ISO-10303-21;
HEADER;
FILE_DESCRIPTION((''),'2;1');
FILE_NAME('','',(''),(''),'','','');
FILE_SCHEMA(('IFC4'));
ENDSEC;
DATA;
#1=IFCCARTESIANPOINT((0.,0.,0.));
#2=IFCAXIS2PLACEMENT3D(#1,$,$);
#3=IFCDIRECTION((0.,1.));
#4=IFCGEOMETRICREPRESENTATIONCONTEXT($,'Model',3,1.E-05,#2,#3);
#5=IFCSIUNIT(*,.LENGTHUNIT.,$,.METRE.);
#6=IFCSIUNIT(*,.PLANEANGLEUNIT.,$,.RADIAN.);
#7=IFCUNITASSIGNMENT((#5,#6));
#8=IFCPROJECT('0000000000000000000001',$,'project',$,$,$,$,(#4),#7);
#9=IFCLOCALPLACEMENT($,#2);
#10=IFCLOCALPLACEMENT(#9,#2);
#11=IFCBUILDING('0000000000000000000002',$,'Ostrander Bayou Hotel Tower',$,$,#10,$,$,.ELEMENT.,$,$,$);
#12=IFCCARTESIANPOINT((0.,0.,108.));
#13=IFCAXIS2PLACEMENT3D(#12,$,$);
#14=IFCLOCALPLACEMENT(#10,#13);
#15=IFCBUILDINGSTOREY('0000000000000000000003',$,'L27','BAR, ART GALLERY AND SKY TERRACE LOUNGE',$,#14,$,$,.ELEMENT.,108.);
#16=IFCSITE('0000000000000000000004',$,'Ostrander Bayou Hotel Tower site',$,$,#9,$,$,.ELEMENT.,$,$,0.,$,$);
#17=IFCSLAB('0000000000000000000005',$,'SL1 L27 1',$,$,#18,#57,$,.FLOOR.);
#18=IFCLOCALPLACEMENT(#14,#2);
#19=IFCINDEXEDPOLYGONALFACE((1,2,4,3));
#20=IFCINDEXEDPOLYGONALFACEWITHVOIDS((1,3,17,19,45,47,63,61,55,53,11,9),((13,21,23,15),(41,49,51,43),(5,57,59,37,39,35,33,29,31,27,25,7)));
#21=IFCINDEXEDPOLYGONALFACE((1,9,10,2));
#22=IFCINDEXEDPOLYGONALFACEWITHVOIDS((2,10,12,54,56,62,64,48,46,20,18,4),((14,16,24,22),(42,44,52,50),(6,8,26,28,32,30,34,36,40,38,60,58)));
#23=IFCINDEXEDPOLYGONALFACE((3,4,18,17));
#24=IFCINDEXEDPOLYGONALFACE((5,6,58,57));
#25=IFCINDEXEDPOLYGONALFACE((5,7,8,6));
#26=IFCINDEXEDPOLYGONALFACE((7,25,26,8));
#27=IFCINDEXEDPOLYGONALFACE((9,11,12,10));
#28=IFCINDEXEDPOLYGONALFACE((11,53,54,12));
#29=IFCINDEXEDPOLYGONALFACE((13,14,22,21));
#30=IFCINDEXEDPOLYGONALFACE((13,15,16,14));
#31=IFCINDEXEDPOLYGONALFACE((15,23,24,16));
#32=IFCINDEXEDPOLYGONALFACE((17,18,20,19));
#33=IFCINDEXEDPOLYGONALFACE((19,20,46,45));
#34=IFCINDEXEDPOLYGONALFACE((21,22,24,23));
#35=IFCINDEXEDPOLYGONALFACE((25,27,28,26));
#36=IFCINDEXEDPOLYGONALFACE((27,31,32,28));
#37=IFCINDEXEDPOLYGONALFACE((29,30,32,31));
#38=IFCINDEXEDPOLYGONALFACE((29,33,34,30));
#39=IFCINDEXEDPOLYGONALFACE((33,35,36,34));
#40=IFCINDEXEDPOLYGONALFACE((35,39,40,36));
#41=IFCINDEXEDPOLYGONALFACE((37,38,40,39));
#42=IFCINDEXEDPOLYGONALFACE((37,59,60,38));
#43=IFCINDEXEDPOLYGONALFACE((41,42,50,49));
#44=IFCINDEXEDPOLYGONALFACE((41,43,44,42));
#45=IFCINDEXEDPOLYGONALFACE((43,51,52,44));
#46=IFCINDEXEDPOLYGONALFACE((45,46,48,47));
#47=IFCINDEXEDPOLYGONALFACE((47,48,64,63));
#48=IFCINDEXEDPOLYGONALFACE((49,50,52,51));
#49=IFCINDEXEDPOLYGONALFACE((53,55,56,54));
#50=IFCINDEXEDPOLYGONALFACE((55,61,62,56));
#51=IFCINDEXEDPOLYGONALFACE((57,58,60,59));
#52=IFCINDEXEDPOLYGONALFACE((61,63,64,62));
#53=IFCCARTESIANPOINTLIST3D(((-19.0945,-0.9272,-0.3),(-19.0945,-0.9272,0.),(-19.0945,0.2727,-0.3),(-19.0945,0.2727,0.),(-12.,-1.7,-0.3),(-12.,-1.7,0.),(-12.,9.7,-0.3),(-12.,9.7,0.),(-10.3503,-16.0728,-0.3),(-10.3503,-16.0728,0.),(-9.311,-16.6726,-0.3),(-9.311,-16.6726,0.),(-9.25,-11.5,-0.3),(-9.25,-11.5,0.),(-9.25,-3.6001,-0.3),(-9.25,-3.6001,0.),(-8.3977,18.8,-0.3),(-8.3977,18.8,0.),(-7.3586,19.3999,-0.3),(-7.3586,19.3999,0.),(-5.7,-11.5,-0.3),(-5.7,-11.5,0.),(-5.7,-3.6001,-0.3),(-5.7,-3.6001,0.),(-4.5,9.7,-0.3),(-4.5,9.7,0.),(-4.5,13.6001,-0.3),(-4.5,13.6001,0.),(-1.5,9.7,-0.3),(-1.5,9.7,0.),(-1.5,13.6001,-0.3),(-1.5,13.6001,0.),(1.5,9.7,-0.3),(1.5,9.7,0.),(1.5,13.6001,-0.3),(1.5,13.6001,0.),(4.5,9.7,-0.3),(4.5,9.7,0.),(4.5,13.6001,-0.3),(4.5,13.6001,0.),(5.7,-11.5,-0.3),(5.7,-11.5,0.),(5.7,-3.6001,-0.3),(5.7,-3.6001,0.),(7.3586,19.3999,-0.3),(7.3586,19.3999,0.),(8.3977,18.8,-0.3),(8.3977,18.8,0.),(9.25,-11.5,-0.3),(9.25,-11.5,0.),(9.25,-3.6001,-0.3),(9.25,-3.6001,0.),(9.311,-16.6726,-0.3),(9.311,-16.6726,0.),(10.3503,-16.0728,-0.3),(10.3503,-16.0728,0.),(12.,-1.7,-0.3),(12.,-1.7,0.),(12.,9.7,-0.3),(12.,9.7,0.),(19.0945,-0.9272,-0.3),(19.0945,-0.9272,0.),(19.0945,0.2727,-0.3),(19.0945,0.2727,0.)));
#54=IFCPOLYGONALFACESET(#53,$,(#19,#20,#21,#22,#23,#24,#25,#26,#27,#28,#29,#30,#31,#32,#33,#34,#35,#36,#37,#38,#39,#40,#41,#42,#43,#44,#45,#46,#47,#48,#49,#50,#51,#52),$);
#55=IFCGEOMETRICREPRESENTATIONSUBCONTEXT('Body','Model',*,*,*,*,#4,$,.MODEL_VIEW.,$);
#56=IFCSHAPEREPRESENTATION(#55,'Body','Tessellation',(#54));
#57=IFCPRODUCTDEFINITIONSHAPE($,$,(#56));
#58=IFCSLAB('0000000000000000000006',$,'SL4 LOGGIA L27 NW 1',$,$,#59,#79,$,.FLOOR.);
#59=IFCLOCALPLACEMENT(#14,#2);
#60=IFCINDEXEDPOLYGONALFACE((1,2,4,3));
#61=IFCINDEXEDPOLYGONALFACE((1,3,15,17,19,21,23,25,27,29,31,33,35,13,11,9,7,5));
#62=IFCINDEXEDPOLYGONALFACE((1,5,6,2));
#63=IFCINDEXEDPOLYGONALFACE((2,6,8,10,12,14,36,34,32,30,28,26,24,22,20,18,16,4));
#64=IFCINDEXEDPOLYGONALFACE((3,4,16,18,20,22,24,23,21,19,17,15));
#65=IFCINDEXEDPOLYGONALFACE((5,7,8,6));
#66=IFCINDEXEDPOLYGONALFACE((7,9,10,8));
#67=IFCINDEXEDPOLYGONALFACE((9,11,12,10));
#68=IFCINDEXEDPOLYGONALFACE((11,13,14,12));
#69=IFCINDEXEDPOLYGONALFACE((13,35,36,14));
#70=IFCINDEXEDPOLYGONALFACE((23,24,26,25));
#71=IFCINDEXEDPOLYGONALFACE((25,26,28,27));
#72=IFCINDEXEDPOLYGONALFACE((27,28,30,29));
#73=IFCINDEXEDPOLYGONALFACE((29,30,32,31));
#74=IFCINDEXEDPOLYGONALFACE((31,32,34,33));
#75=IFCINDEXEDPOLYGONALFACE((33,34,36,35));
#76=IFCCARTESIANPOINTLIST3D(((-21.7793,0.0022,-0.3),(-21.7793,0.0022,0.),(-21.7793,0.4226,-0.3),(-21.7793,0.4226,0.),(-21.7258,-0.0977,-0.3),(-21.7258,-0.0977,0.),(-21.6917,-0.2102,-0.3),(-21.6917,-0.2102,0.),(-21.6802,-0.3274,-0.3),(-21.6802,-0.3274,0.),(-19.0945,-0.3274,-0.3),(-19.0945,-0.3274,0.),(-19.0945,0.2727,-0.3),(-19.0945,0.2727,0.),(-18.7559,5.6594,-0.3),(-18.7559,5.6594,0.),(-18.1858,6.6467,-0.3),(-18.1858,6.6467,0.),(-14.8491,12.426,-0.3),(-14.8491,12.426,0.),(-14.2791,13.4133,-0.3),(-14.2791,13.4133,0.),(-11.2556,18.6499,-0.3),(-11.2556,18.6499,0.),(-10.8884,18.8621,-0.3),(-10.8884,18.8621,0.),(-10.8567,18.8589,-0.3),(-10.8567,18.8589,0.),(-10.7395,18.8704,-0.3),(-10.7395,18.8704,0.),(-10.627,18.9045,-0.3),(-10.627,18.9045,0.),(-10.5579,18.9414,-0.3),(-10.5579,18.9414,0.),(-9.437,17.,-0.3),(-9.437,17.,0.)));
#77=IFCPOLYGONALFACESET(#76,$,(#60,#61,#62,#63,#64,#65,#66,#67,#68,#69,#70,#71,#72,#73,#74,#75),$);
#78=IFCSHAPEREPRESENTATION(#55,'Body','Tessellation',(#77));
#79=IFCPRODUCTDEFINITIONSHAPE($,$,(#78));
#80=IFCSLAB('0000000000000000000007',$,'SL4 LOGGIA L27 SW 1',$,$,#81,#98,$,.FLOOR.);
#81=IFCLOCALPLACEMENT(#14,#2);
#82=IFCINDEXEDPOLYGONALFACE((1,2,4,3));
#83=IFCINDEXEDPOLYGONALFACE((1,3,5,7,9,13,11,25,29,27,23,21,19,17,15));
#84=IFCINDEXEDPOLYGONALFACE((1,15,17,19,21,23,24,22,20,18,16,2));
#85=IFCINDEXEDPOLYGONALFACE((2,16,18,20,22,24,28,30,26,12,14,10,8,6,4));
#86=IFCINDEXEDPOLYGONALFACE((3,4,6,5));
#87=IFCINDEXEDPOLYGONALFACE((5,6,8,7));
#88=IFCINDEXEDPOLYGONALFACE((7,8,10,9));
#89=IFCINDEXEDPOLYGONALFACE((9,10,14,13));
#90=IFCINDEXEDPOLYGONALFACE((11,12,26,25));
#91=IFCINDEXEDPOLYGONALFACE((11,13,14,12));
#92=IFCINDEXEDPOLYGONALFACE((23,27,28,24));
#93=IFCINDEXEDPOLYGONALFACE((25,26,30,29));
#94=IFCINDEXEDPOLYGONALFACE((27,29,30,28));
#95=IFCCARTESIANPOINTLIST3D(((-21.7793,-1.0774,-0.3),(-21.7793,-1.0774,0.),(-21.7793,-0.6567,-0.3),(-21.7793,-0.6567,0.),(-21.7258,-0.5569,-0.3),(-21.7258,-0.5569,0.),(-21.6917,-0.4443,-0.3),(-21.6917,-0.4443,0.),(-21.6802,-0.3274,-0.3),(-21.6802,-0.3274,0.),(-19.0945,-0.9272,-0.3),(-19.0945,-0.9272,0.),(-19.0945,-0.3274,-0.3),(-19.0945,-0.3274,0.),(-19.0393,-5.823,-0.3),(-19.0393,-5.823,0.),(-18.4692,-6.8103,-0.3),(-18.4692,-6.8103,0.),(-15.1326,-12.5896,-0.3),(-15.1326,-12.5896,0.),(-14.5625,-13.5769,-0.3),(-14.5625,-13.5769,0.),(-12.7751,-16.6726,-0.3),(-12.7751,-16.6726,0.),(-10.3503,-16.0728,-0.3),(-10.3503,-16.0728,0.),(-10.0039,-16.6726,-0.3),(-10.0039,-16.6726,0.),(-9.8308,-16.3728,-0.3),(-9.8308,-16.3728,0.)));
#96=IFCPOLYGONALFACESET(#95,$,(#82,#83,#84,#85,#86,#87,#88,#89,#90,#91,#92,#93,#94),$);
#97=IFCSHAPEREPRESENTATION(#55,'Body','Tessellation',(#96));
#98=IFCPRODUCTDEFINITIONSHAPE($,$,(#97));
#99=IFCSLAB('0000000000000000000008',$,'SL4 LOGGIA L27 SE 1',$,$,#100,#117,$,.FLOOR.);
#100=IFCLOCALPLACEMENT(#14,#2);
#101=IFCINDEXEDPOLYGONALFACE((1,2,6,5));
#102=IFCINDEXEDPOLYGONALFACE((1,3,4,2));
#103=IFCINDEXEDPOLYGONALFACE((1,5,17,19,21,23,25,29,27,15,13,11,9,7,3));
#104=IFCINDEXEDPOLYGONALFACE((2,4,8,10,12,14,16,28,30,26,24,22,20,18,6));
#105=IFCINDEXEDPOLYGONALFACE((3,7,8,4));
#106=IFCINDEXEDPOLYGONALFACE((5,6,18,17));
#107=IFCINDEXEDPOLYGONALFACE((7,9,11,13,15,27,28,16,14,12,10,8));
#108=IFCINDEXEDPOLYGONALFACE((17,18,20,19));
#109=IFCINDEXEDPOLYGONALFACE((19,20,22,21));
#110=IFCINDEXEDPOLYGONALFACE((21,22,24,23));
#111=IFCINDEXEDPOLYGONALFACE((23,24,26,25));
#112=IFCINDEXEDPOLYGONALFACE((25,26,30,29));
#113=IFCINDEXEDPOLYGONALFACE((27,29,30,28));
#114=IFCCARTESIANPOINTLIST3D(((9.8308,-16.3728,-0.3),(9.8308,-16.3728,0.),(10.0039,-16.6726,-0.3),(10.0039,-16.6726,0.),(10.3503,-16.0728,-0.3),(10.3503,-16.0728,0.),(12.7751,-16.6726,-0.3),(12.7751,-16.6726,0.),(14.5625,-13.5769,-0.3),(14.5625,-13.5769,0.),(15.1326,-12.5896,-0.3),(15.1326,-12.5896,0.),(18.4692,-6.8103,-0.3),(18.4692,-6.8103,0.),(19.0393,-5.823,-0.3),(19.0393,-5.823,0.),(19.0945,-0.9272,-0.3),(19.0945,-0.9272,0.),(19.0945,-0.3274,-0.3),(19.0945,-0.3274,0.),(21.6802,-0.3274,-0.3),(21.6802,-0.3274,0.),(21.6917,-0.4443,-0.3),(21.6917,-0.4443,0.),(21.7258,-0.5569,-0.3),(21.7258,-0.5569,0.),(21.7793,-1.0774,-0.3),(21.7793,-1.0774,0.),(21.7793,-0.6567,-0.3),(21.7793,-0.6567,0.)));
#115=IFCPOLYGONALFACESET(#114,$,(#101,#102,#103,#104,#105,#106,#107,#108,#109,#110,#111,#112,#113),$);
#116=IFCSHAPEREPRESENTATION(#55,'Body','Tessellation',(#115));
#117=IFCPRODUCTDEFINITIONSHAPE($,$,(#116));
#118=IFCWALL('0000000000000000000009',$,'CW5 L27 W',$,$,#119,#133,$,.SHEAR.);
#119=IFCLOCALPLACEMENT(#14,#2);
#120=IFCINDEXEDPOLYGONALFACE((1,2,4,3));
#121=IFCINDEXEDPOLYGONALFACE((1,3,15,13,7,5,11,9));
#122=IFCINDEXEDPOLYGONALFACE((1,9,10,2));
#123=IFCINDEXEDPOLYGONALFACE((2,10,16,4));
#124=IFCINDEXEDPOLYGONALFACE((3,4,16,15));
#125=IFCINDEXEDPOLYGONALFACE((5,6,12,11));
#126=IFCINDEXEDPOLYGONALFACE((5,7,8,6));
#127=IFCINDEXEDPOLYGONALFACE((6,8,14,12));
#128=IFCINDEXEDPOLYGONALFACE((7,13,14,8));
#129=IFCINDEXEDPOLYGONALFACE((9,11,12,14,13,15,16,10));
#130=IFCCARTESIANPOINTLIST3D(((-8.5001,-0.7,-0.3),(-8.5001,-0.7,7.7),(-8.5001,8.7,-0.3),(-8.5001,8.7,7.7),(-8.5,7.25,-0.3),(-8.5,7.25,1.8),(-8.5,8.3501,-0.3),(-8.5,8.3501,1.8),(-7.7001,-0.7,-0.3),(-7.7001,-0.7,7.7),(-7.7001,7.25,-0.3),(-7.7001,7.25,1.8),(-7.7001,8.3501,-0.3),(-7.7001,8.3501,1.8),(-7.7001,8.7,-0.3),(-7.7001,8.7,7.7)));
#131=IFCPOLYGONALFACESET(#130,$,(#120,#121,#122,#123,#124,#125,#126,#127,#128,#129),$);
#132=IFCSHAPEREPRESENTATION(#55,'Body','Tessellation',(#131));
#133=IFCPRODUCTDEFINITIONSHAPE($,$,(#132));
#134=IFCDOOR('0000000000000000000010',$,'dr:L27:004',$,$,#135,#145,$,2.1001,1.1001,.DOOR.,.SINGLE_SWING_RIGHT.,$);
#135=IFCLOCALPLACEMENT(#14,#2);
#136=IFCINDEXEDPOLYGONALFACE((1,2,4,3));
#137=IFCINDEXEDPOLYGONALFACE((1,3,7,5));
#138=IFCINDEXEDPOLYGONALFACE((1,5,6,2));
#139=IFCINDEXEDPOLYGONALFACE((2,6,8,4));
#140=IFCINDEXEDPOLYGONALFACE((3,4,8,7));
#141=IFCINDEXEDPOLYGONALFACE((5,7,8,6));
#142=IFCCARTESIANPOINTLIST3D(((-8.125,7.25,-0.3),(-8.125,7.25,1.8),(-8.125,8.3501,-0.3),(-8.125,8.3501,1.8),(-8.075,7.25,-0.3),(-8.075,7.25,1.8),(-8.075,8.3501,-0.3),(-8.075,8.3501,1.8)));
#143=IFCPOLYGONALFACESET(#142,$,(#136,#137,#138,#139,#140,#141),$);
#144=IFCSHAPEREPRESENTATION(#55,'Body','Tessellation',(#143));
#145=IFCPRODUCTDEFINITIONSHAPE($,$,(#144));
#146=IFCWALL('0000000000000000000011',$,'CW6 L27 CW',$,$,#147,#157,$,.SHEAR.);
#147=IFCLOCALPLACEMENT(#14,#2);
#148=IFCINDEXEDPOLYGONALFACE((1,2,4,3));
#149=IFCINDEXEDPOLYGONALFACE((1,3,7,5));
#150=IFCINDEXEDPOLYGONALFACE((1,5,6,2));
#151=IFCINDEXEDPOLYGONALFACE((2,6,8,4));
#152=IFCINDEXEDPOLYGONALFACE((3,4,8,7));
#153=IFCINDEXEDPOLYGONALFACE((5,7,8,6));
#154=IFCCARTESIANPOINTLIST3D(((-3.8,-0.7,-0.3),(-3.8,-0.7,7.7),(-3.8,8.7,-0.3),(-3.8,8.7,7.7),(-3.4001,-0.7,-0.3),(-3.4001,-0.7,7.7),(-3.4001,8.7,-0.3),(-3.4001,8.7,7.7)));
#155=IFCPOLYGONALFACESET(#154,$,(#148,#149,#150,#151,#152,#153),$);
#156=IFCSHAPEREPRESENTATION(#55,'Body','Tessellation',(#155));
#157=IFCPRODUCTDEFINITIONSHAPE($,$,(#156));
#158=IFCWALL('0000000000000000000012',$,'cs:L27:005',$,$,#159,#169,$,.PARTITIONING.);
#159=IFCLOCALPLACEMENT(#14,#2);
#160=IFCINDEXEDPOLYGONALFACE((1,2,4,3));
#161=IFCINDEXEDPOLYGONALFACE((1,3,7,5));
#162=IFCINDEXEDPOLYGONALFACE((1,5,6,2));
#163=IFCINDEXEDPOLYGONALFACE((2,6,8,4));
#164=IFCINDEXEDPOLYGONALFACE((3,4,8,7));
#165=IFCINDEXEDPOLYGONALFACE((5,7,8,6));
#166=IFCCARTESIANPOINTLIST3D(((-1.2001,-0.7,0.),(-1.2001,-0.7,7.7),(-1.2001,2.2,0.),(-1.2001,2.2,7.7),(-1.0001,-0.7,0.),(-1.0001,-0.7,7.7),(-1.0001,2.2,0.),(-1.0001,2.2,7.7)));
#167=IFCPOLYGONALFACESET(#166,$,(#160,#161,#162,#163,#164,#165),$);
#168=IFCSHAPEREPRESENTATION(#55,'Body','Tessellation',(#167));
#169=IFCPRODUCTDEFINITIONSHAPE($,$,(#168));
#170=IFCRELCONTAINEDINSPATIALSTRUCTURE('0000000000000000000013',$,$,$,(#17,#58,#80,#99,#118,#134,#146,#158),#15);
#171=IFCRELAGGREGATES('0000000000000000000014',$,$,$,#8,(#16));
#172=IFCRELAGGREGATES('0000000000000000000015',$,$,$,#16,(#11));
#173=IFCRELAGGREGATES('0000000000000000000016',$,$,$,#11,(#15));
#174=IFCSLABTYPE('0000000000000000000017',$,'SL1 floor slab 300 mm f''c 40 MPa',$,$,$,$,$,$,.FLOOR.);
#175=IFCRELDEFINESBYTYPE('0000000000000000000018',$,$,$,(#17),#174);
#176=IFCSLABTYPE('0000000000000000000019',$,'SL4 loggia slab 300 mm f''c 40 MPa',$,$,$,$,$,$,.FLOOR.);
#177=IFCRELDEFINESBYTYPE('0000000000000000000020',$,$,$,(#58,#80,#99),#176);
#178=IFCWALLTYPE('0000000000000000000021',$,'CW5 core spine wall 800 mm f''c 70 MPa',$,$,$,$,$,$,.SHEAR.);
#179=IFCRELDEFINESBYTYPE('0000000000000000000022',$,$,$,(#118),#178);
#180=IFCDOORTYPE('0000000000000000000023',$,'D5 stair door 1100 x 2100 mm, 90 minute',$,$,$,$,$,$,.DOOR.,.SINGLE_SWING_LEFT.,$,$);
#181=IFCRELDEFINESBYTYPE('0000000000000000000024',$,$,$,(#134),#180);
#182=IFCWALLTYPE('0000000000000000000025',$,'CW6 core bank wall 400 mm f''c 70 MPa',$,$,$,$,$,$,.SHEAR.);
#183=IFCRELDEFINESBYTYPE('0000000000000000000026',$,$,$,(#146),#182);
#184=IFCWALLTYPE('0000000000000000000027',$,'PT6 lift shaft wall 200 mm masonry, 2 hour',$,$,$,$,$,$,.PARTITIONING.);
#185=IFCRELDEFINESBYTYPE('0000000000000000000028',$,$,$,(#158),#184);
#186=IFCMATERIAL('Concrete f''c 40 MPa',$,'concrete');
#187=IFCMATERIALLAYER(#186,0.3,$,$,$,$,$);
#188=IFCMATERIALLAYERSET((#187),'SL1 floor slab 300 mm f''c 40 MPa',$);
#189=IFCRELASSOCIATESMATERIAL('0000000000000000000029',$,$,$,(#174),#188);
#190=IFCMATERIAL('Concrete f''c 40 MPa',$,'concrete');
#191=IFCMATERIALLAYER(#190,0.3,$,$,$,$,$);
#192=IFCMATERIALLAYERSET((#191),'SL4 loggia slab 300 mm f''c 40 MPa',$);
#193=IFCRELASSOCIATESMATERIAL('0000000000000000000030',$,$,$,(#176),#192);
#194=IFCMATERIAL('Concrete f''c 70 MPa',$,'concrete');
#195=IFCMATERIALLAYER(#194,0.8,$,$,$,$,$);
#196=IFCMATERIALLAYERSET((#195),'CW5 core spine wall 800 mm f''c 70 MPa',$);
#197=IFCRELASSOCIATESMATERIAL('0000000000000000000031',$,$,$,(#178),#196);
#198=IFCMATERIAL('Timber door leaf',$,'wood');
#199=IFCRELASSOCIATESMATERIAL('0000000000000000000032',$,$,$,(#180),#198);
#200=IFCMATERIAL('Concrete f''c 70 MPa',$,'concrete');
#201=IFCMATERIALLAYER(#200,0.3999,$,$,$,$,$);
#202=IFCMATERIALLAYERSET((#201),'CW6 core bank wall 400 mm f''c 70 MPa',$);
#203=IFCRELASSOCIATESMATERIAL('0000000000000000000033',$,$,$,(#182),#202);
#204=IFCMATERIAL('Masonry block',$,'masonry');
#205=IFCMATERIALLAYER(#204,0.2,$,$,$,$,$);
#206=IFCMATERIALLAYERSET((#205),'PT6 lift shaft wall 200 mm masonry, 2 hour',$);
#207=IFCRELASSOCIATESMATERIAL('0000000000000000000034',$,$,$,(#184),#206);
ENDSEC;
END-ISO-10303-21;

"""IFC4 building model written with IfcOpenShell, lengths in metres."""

from ifc_helpers import new_model, si_unit, direction, frame, frame_2d, origin, place, context, subcontext, project, spatial, polyline, rectangle, outline, extrude, material, layer, layer_set, type_object, element, fill, save


model = new_model("IFC4")

# Units and contexts
model_context = context("Model", 3, precision=1e-05, world=origin(), true_north=direction((0.0, 1.0)))
body_context = subcontext(model_context, "Body", "Model", "MODEL_VIEW")
ifc_project = project(units=[si_unit("LENGTHUNIT", "METRE"), si_unit("PLANEANGLEUNIT", "RADIAN")], contexts=[model_context])

# Site, building, storey
site_placement = place(None, origin())
site = spatial("IfcSite", under=ifc_project, at=site_placement, Name="Ostrander Bayou Hotel Tower site", CompositionType="ELEMENT", RefElevation=0.0)
building_placement = place(site_placement, origin())
building = spatial("IfcBuilding", under=site, at=building_placement, Name="Ostrander Bayou Hotel Tower", CompositionType="ELEMENT")
storey_placement = place(building_placement, frame((0.0, 0.0, 108.0)))
storey = spatial("IfcBuildingStorey", under=building, at=storey_placement, Name="L27", Description="BAR, ART GALLERY AND SKY TERRACE LOUNGE", CompositionType="ELEMENT", Elevation=108.0)

# Slabs
ifc_material_1 = material(Name="Concrete f'c 40 MPa", Category="concrete")
ifc_layer_1 = layer(ifc_material_1, 0.3)
ifc_layer_set_1 = layer_set([ifc_layer_1], Name="SL1 floor slab 300 mm f'c 40 MPa")
slab_type_1 = type_object("IfcSlabType", Name="SL1 floor slab 300 mm f'c 40 MPa", PredefinedType="FLOOR", material=ifc_layer_set_1)
slab_1_placement = place(storey_placement, frame((0.0, 0.0, -0.3)))
element("IfcSlab", 1, at=slab_1_placement, inside=storey, type_object=slab_type_1, Name="SL1 L27 1", PredefinedType="FLOOR", context=body_context, shape_type="SweptSolid", body=[
    extrude(outline(polyline([(8.3977, 18.8), (19.0945, 0.2727), (19.0945, -0.9272), (10.3503, -16.0728), (9.311, -16.6726), (-9.311, -16.6726), (-10.3503, -16.0728), (-19.0945, -0.9272), (-19.0945, 0.2727), (-8.3977, 18.8), (-7.3586, 19.3999), (7.3586, 19.3999), (8.3977, 18.8)]), holes=[polyline([(-12.0, -1.7), (12.0, -1.7), (12.0, 9.7), (4.5, 9.7), (4.5, 13.6001), (1.5, 13.6001), (1.5, 9.7), (-1.5, 9.7), (-1.5, 13.6001), (-4.5, 13.6001), (-4.5, 9.7), (-12.0, 9.7), (-12.0, -1.7)]), polyline([(9.25, -3.6001), (5.7, -3.6001), (5.7, -11.5), (9.25, -11.5), (9.25, -3.6001)]), polyline([(-5.7, -3.6001), (-9.25, -3.6001), (-9.25, -11.5), (-5.7, -11.5), (-5.7, -3.6001)])]), origin(), (0.0, 0.0, 1.0), 0.3),
])
ifc_material_2 = material(Name="Concrete f'c 40 MPa", Category="concrete")
ifc_layer_2 = layer(ifc_material_2, 0.3)
ifc_layer_set_2 = layer_set([ifc_layer_2], Name="SL4 loggia slab 300 mm f'c 40 MPa")
slab_type_2 = type_object("IfcSlabType", Name="SL4 loggia slab 300 mm f'c 40 MPa", PredefinedType="FLOOR", material=ifc_layer_set_2)
slab_2_placement = place(storey_placement, frame((0.0, 0.0, -0.3)))
element("IfcSlab", 2, at=slab_2_placement, inside=storey, type_object=slab_type_2, Name="SL4 LOGGIA L27 NW 1", PredefinedType="FLOOR", context=body_context, shape_type="SweptSolid", body=[
    extrude(outline(polyline([(-21.7793, 0.4226), (-18.7559, 5.6594), (-18.1858, 6.6467), (-14.8491, 12.426), (-14.2791, 13.4133), (-11.2556, 18.6499), (-10.8884, 18.8621), (-10.8567, 18.8589), (-10.7395, 18.8704), (-10.627, 18.9045), (-10.5579, 18.9414), (-9.437, 17.0), (-19.0945, 0.2727), (-19.0945, -0.3274), (-21.6802, -0.3274), (-21.6917, -0.2102), (-21.7258, -0.0977), (-21.7793, 0.0022), (-21.7793, 0.4226)])), origin(), (0.0, 0.0, 1.0), 0.3),
])
slab_3_placement = place(storey_placement, frame((0.0, 0.0, -0.3)))
element("IfcSlab", 3, at=slab_3_placement, inside=storey, type_object=slab_type_2, Name="SL4 LOGGIA L27 SW 1", PredefinedType="FLOOR", context=body_context, shape_type="SweptSolid", body=[
    extrude(outline(polyline([(-9.8308, -16.3728), (-10.0039, -16.6726), (-12.7751, -16.6726), (-14.5625, -13.5769), (-15.1326, -12.5896), (-18.4692, -6.8103), (-19.0393, -5.823), (-21.7793, -1.0774), (-21.7793, -0.6567), (-21.7258, -0.5569), (-21.6917, -0.4443), (-21.6802, -0.3274), (-19.0945, -0.3274), (-19.0945, -0.9272), (-10.3503, -16.0728), (-9.8308, -16.3728)])), origin(), (0.0, 0.0, 1.0), 0.3),
])
slab_4_placement = place(storey_placement, frame((0.0, 0.0, -0.3)))
element("IfcSlab", 4, at=slab_4_placement, inside=storey, type_object=slab_type_2, Name="SL4 LOGGIA L27 SE 1", PredefinedType="FLOOR", context=body_context, shape_type="SweptSolid", body=[
    extrude(outline(polyline([(21.7793, -1.0774), (19.0393, -5.823), (18.4692, -6.8103), (15.1326, -12.5896), (14.5625, -13.5769), (12.7751, -16.6726), (10.0039, -16.6726), (9.8308, -16.3728), (10.3503, -16.0728), (19.0945, -0.9272), (19.0945, -0.3274), (21.6802, -0.3274), (21.6917, -0.4443), (21.7258, -0.5569), (21.7793, -0.6567), (21.7793, -1.0774)])), origin(), (0.0, 0.0, 1.0), 0.3),
])

# Wall, opening, door
ifc_material_3 = material(Name="Concrete f'c 70 MPa", Category="concrete")
ifc_layer_3 = layer(ifc_material_3, 0.8)
ifc_layer_set_3 = layer_set([ifc_layer_3], Name="CW5 core spine wall 800 mm f'c 70 MPa")
wall_type_1 = type_object("IfcWallType", Name="CW5 core spine wall 800 mm f'c 70 MPa", PredefinedType="SHEAR", material=ifc_layer_set_3)
wall_1_placement = place(storey_placement, frame((-8.1001, -0.7, -0.3), z_axis=(0.0, 0.0, 1.0), x_axis=(0.0, 1.0, 0.0)))
wall_1 = element("IfcWall", 5, at=wall_1_placement, inside=storey, type_object=wall_type_1, Name="CW5 L27 W", PredefinedType="SHEAR", context=body_context, shape_type="SweptSolid", body=[
    extrude(rectangle(XDim=9.3999, YDim=0.8, at=frame_2d((4.7, 0.0))), origin(), (0.0, 0.0, 1.0), 8.0),
])
opening_1_placement = place(wall_1_placement, frame((7.95, 0.0, 0.0)))
opening_1 = element("IfcOpeningElement", 6, at=opening_1_placement, cuts=wall_1, PredefinedType="OPENING", context=body_context, shape_type="SweptSolid", body=[
    extrude(rectangle(XDim=1.1001, YDim=2.1001, at=frame_2d((0.55, 1.05))), frame((0.0, 0.3999, 0.0), z_axis=(0.0, -1.0, 0.0), x_axis=(1.0, 0.0, 0.0)), (0.0, 0.0, 1.0), 0.8),
])
ifc_material_4 = material(Name="Timber door leaf", Category="wood")
door_type_1 = type_object("IfcDoorType", Name="D5 stair door 1100 x 2100 mm, 90 minute", OperationType="SINGLE_SWING_LEFT", PredefinedType="DOOR", material=ifc_material_4)
door_1_placement = place(opening_1_placement, origin())
door_1 = element("IfcDoor", 7, at=door_1_placement, inside=storey, type_object=door_type_1, Name="dr:L27:004", OperationType="SINGLE_SWING_RIGHT", OverallHeight=2.1001, OverallWidth=1.1001, PredefinedType="DOOR", context=body_context, shape_type="SweptSolid", body=[
    extrude(rectangle(XDim=1.1001, YDim=2.1001, at=frame_2d((0.55, 1.05))), frame((0.0, 0.0249, 0.0), z_axis=(0.0, -1.0, 0.0), x_axis=(1.0, 0.0, 0.0)), (0.0, 0.0, 1.0), 0.05),
])
fill(opening_1, door_1)

# Wall
ifc_material_5 = material(Name="Concrete f'c 70 MPa", Category="concrete")
ifc_layer_4 = layer(ifc_material_5, 0.3999)
ifc_layer_set_4 = layer_set([ifc_layer_4], Name="CW6 core bank wall 400 mm f'c 70 MPa")
wall_type_2 = type_object("IfcWallType", Name="CW6 core bank wall 400 mm f'c 70 MPa", PredefinedType="SHEAR", material=ifc_layer_set_4)
wall_2_placement = place(storey_placement, frame((-3.6001, -0.7, -0.3), z_axis=(0.0, 0.0, 1.0), x_axis=(0.0, 1.0, 0.0)))
element("IfcWall", 8, at=wall_2_placement, inside=storey, type_object=wall_type_2, Name="CW6 L27 CW", PredefinedType="SHEAR", context=body_context, shape_type="SweptSolid", body=[
    extrude(rectangle(XDim=9.3999, YDim=0.3999, at=frame_2d((4.7, 0.0))), origin(), (0.0, 0.0, 1.0), 8.0),
])

# Wall
ifc_material_6 = material(Name="Masonry block", Category="masonry")
ifc_layer_5 = layer(ifc_material_6, 0.2)
ifc_layer_set_5 = layer_set([ifc_layer_5], Name="PT6 lift shaft wall 200 mm masonry, 2 hour")
wall_type_3 = type_object("IfcWallType", Name="PT6 lift shaft wall 200 mm masonry, 2 hour", PredefinedType="PARTITIONING", material=ifc_layer_set_5)
wall_3_placement = place(storey_placement, frame((-1.1001, -0.7, 0.0), z_axis=(0.0, 0.0, 1.0), x_axis=(0.0, 1.0, 0.0)))
element("IfcWall", 9, at=wall_3_placement, inside=storey, type_object=wall_type_3, Name="cs:L27:005", PredefinedType="PARTITIONING", context=body_context, shape_type="SweptSolid", body=[
    extrude(rectangle(XDim=2.8999, YDim=0.2, at=frame_2d((1.45, 0.0))), origin(), (0.0, 0.0, 1.0), 7.7),
])

save(model, "model.ifc")
